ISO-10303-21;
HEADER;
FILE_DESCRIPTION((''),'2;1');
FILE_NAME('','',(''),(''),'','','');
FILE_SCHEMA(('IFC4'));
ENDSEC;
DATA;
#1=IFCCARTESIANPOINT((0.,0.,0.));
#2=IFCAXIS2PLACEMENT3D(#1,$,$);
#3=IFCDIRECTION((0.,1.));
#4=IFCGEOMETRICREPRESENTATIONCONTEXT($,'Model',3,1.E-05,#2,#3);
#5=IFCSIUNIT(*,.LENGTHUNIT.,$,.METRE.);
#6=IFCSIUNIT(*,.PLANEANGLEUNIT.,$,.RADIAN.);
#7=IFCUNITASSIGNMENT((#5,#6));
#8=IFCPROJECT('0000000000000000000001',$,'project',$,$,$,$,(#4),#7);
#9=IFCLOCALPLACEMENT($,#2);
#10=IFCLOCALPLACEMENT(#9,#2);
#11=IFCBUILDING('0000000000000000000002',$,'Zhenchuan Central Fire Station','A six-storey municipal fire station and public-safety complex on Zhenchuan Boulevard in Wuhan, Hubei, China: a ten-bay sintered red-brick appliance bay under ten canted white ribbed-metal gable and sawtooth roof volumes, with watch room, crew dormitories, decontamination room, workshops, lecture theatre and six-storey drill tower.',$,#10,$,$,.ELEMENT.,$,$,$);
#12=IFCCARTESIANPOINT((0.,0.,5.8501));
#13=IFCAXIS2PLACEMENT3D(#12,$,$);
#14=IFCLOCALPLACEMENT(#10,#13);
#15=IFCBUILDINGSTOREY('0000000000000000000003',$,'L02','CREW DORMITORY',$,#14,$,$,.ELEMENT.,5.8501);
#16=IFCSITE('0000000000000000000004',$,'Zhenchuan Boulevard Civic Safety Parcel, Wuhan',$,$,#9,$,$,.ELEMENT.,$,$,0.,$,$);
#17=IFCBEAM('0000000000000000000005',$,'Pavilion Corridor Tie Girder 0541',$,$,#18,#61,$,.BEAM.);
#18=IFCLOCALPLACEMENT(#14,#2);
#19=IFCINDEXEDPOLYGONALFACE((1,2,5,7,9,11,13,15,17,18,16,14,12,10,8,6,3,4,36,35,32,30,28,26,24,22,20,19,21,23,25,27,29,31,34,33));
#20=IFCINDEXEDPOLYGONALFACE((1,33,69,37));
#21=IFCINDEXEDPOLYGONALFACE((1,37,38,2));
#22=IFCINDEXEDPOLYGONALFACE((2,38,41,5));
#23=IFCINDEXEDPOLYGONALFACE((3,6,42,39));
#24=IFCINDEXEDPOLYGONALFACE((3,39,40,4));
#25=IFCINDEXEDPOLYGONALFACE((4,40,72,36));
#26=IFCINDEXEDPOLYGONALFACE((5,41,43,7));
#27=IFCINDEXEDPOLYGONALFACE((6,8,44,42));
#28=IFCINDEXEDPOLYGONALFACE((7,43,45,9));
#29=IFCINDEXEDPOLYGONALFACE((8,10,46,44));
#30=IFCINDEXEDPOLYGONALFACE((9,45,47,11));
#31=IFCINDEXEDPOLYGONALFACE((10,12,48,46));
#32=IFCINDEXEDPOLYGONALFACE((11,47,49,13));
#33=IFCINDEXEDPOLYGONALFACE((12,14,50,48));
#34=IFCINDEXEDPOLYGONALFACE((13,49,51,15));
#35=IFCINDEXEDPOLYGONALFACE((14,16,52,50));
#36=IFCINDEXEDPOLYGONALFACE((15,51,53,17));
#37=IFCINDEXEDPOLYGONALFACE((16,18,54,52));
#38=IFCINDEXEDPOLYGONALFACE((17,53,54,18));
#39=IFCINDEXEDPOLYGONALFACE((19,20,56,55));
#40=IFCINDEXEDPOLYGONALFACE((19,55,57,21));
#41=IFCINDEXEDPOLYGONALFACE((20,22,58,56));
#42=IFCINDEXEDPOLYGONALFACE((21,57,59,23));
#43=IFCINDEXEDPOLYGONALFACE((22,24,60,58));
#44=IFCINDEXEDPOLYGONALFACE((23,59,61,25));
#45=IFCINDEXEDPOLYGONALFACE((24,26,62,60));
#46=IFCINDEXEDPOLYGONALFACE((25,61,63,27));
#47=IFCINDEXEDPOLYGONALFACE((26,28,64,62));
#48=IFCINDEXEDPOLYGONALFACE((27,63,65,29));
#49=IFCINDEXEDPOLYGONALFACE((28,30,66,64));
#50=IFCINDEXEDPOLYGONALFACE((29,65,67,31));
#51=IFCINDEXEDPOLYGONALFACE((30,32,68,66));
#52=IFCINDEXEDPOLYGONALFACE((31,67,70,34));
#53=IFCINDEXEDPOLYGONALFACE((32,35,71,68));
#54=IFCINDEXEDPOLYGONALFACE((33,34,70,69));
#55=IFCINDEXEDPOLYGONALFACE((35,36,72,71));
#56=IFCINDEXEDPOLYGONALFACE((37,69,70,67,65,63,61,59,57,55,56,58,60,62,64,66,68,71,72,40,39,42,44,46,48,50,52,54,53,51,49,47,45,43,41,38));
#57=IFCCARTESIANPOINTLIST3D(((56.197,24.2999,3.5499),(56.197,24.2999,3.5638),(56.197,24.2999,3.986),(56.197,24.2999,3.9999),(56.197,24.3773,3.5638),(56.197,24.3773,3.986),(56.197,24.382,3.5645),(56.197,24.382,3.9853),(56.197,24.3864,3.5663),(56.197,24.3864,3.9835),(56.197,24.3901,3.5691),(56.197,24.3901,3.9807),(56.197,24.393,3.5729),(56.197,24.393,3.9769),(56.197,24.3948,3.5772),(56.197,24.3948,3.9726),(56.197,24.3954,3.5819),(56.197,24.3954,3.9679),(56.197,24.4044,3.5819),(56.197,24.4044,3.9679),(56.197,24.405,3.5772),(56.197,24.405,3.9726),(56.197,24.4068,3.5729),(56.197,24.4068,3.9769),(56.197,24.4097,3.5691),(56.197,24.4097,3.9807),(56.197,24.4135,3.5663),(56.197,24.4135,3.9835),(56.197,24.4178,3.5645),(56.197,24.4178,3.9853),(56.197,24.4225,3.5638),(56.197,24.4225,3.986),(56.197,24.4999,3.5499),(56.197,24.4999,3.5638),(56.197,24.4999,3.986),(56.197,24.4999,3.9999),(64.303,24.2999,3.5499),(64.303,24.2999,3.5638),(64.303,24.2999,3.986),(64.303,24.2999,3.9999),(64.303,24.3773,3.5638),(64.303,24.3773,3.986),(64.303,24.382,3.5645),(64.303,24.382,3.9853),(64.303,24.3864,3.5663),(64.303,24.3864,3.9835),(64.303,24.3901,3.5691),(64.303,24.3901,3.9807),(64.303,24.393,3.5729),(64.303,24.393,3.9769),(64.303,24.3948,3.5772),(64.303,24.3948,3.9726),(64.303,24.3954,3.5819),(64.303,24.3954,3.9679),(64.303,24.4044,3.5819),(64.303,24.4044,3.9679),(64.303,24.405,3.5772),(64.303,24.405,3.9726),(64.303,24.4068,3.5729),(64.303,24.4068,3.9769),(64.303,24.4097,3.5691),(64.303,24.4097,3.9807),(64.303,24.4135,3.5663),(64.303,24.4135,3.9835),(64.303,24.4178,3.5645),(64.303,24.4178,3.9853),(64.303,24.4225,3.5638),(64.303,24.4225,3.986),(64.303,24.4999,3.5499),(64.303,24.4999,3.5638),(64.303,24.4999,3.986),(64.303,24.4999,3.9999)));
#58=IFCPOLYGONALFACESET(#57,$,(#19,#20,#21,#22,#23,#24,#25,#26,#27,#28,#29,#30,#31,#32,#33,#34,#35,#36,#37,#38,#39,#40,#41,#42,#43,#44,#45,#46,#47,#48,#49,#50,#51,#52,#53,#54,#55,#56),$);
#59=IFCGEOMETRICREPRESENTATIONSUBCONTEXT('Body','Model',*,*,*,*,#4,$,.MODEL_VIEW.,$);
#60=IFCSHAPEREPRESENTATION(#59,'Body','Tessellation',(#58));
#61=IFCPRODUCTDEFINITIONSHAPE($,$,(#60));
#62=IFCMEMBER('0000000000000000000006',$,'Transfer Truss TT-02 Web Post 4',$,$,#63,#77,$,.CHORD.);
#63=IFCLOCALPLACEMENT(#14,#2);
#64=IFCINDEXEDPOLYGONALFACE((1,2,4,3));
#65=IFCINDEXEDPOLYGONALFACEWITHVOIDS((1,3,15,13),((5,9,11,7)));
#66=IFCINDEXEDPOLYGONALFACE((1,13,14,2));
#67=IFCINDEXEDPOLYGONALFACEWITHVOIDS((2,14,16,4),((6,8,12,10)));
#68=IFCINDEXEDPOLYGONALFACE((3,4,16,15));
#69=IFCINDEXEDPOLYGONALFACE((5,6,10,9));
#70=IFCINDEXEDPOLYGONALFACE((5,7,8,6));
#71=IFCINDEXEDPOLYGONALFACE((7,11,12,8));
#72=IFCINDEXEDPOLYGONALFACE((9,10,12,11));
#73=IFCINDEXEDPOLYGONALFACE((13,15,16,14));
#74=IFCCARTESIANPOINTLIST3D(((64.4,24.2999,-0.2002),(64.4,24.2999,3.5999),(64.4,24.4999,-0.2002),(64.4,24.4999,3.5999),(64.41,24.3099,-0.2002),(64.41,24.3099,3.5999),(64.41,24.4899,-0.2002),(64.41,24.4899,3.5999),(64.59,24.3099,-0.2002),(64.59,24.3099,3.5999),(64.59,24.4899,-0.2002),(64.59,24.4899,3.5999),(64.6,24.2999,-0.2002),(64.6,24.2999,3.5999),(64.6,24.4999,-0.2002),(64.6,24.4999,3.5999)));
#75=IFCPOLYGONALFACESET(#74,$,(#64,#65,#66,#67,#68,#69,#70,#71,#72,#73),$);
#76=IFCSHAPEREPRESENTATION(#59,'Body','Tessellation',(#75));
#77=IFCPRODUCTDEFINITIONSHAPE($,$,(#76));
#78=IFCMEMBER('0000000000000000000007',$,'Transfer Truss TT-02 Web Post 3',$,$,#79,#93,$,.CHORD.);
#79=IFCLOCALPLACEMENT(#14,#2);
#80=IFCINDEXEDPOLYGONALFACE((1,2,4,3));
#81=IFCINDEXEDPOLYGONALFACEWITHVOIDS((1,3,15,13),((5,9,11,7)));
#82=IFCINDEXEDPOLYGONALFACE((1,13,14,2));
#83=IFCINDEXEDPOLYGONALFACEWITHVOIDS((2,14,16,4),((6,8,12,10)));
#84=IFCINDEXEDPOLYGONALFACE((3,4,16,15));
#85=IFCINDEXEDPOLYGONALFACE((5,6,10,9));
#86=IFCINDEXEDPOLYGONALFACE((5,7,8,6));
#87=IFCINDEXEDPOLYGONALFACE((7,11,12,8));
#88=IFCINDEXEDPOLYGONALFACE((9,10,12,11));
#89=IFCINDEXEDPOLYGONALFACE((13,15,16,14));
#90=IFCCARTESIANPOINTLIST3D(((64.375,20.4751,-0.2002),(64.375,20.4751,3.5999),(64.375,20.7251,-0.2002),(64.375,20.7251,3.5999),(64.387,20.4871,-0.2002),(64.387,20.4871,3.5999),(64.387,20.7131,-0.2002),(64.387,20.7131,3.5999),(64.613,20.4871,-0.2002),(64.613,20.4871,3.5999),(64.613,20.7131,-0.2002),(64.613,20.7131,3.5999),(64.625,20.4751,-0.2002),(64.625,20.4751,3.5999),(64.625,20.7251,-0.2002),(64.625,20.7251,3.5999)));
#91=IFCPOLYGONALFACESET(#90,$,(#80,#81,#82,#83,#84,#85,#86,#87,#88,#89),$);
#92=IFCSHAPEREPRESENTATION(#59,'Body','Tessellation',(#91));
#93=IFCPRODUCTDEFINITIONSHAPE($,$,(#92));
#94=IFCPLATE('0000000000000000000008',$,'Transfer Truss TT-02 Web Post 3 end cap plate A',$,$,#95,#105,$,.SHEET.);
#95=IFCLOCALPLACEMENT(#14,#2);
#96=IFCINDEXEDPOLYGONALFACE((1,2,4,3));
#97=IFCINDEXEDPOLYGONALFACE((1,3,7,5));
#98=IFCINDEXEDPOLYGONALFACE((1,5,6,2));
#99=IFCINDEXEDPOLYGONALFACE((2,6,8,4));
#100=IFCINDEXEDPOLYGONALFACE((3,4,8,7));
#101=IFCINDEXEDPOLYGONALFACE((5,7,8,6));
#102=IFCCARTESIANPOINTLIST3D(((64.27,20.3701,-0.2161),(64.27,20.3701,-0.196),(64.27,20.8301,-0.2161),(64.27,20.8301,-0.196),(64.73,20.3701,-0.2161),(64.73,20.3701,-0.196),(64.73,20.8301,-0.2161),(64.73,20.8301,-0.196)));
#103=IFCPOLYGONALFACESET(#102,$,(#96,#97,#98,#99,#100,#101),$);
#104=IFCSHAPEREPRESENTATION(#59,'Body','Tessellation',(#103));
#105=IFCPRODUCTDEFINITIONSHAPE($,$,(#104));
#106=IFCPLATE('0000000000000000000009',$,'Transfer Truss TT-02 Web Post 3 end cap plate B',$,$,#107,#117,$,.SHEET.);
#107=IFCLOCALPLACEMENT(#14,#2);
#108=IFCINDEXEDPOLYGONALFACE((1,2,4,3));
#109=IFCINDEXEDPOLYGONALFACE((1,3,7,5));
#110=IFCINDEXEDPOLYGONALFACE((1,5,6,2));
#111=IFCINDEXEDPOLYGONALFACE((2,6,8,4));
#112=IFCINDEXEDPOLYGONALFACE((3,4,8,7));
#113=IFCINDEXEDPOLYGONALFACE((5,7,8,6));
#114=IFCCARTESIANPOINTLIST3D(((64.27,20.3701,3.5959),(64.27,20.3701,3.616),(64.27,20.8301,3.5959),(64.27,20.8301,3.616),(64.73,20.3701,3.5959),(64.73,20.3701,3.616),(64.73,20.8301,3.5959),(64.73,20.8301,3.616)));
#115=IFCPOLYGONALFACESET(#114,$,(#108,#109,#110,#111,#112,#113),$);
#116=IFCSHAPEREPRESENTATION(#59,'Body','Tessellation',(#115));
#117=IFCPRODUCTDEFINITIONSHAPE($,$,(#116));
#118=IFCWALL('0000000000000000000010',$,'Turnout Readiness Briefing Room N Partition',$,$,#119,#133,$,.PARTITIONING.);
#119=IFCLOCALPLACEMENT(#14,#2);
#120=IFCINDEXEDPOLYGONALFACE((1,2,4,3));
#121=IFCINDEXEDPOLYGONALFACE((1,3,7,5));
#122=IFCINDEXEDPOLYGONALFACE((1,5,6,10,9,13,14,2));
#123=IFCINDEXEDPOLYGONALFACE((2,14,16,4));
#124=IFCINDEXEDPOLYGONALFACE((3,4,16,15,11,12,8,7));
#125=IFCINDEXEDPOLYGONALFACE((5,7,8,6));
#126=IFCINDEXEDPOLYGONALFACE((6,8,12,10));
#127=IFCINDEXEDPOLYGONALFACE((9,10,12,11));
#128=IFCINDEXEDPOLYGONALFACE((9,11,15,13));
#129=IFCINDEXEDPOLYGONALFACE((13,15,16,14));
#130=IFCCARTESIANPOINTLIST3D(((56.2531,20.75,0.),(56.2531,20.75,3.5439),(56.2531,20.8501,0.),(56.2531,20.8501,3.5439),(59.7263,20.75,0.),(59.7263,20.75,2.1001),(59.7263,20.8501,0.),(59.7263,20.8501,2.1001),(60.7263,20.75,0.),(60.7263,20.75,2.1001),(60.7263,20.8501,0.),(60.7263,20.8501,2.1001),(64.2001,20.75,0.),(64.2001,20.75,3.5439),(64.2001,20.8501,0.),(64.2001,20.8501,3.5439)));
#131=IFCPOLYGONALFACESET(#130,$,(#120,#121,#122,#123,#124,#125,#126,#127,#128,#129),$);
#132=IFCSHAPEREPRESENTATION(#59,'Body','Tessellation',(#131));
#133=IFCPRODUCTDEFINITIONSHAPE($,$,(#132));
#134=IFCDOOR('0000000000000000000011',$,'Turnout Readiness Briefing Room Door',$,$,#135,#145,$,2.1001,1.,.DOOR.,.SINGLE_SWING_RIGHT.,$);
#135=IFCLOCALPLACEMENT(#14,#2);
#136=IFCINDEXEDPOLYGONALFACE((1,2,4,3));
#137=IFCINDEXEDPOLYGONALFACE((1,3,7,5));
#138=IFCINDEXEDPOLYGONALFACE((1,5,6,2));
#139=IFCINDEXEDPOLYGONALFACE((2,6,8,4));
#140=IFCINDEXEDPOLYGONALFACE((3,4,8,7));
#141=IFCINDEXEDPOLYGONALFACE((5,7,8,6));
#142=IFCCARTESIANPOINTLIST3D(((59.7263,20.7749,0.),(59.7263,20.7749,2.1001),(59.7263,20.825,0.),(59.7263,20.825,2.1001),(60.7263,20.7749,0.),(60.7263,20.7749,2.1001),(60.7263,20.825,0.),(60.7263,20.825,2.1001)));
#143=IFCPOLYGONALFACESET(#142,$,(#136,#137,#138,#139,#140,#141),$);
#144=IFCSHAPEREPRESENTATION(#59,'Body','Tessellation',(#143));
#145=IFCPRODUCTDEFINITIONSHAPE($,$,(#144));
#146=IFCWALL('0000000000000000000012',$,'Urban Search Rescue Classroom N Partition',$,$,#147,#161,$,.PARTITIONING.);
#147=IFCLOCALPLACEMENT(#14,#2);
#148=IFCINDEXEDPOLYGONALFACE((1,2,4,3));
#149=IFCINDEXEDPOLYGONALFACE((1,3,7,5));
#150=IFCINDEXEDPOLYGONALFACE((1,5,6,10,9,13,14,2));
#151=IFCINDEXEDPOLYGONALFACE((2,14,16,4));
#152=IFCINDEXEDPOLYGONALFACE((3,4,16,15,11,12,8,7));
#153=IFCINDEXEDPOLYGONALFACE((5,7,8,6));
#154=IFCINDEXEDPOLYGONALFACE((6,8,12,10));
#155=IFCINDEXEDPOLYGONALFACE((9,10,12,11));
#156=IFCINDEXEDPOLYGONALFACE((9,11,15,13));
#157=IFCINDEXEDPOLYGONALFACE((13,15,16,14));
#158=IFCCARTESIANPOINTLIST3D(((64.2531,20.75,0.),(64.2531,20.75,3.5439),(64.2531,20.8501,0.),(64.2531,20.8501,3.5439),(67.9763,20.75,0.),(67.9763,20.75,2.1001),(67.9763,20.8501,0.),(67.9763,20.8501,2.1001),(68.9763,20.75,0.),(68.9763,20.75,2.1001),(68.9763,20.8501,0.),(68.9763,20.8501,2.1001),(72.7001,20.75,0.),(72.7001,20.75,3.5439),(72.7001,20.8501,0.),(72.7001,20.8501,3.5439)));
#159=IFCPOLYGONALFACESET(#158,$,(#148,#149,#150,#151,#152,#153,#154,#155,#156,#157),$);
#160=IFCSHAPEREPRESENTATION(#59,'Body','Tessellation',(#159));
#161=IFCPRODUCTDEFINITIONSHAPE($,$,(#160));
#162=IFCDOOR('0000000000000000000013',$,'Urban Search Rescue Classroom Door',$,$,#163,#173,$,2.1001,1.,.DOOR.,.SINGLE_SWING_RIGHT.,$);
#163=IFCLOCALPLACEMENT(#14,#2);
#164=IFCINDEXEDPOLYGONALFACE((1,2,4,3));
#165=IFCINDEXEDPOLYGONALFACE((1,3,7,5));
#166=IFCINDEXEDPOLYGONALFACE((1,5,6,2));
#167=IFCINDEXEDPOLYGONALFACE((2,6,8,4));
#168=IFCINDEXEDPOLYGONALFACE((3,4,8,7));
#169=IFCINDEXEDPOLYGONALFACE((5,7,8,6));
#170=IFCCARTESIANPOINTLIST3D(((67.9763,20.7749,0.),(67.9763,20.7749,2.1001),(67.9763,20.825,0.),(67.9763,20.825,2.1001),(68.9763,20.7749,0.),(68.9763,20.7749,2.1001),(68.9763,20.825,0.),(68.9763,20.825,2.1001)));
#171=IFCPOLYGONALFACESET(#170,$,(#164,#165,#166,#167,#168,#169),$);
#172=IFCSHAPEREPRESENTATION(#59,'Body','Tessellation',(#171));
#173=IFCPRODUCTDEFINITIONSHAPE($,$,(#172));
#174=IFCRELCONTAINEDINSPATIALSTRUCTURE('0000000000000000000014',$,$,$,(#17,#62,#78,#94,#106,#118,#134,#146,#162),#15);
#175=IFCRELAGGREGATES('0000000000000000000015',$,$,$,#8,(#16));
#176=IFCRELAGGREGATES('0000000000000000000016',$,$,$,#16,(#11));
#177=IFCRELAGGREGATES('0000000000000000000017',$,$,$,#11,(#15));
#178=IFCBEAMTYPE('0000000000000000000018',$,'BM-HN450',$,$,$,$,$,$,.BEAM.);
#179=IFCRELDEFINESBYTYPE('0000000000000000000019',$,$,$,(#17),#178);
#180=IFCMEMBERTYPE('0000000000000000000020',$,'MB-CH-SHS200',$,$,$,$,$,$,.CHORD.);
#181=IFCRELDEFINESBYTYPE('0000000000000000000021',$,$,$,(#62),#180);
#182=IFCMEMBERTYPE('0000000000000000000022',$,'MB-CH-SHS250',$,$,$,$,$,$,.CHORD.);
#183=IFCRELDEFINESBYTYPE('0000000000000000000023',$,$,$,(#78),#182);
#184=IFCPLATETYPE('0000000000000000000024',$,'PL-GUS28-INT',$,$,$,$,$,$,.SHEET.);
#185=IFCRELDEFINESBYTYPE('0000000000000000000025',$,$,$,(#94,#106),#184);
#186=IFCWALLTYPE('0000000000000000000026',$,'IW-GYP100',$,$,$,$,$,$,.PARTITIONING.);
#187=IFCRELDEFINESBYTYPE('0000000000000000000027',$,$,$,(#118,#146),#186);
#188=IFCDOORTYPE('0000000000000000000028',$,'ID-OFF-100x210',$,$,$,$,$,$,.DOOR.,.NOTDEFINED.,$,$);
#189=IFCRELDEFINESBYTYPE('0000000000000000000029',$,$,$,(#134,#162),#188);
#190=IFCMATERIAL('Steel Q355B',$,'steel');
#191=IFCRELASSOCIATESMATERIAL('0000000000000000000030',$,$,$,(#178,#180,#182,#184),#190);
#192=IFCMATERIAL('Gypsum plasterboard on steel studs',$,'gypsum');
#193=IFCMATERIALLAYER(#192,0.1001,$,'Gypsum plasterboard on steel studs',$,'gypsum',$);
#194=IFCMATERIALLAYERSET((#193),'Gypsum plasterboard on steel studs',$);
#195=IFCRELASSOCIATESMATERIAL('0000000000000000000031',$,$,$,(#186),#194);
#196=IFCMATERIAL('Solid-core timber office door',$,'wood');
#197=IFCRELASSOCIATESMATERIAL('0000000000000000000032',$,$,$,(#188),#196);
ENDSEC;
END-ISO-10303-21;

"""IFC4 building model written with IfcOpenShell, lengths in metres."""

from ifc_helpers import new_model, si_unit, direction, frame, frame_2d, origin, origin_2d, place, context, subcontext, project, spatial, rectangle, hollow_rectangle, i_section, extrude, material, layer, layer_set, material_profile, profile_set, type_object, element, fill, save


model = new_model("IFC4")

# Units and contexts
model_context = context("Model", 3, precision=1e-05, world=origin(), true_north=direction((0.0, 1.0)))
body_context = subcontext(model_context, "Body", "Model", "MODEL_VIEW")
ifc_project = project(units=[si_unit("LENGTHUNIT", "METRE"), si_unit("PLANEANGLEUNIT", "RADIAN")], contexts=[model_context])

# Site, building, storey
site_placement = place(None, origin())
site = spatial("IfcSite", under=ifc_project, at=site_placement, Name="Zhenchuan Boulevard Civic Safety Parcel, Wuhan", CompositionType="ELEMENT", RefElevation=0.0)
building_placement = place(site_placement, origin())
building = spatial("IfcBuilding", under=site, at=building_placement, Name="Zhenchuan Central Fire Station", Description="A six-storey municipal fire station and public-safety complex on Zhenchuan Boulevard in Wuhan, Hubei, China: a ten-bay sintered red-brick appliance bay under ten canted white ribbed-metal gable and sawtooth roof volumes, with watch room, crew dormitories, decontamination room, workshops, lecture theatre and six-storey drill tower.", CompositionType="ELEMENT")
storey_placement = place(building_placement, frame((0.0, 0.0, 5.8501)))
storey = spatial("IfcBuildingStorey", under=building, at=storey_placement, Name="L02", Description="CREW DORMITORY", CompositionType="ELEMENT", Elevation=5.8501)

# Beam
ifc_material_1 = material(Name="Steel Q355B", Category="steel")
ifc_material_profile_1 = material_profile(ifc_material_1, i_section(OverallWidth=0.2, OverallDepth=0.45, WebThickness=0.009, FlangeThickness=0.0139, FilletRadius=0.0181, at=origin_2d()), Name="HN 450x200")
ifc_profile_set_1 = profile_set([ifc_material_profile_1], Name="Steel Q355B")
beam_type = type_object("IfcBeamType", Name="BM-HN450", PredefinedType="BEAM", material=ifc_profile_set_1)
beam_placement = place(storey_placement, frame((56.197, 24.3999, 3.7749), z_axis=(1.0, 0.0, 0.0), x_axis=(0.0, 1.0, 0.0)))
element("IfcBeam", 1, at=beam_placement, inside=storey, type_object=beam_type, Name="Pavilion Corridor Tie Girder 0541", PredefinedType="BEAM", context=body_context, shape_type="SweptSolid", body=[
    extrude(i_section(OverallWidth=0.2, OverallDepth=0.45, WebThickness=0.009, FlangeThickness=0.0139, FilletRadius=0.0181, at=origin_2d()), origin(), (0.0, 0.0, 1.0), 8.106),
])

# Members
ifc_material_profile_2 = material_profile(ifc_material_1, hollow_rectangle(XDim=0.2, YDim=0.2, WallThickness=0.01, at=origin_2d()), Name="SHS 200x200x10")
ifc_profile_set_2 = profile_set([ifc_material_profile_2], Name="Steel Q355B")
member_type_1 = type_object("IfcMemberType", Name="MB-CH-SHS200", PredefinedType="CHORD", material=ifc_profile_set_2)
member_1_placement = place(storey_placement, frame((64.5, 24.3999, -0.2002), z_axis=(0.0, 0.0, 1.0), x_axis=(1.0, 0.0, 0.0)))
element("IfcMember", 2, at=member_1_placement, inside=storey, type_object=member_type_1, Name="Transfer Truss TT-02 Web Post 4", PredefinedType="CHORD", context=body_context, shape_type="SweptSolid", body=[
    extrude(hollow_rectangle(XDim=0.2, YDim=0.2, WallThickness=0.01, at=origin_2d()), origin(), (0.0, 0.0, 1.0), 3.8),
])
ifc_material_profile_3 = material_profile(ifc_material_1, hollow_rectangle(XDim=0.25, YDim=0.25, WallThickness=0.012, at=origin_2d()), Name="SHS 250x250x12")
ifc_profile_set_3 = profile_set([ifc_material_profile_3], Name="Steel Q355B")
member_type_2 = type_object("IfcMemberType", Name="MB-CH-SHS250", PredefinedType="CHORD", material=ifc_profile_set_3)
member_2_placement = place(storey_placement, frame((64.5, 20.6001, -0.2002), z_axis=(0.0, 0.0, 1.0), x_axis=(1.0, 0.0, 0.0)))
element("IfcMember", 3, at=member_2_placement, inside=storey, type_object=member_type_2, Name="Transfer Truss TT-02 Web Post 3", PredefinedType="CHORD", context=body_context, shape_type="SweptSolid", body=[
    extrude(hollow_rectangle(XDim=0.25, YDim=0.25, WallThickness=0.012, at=origin_2d()), origin(), (0.0, 0.0, 1.0), 3.8),
])

# Plates
ifc_material_profile_4 = material_profile(ifc_material_1, rectangle(XDim=0.46, YDim=0.46, at=origin_2d()), Name="PL 460x460x28")
ifc_profile_set_4 = profile_set([ifc_material_profile_4], Name="Steel Q355B")
plate_type = type_object("IfcPlateType", Name="PL-GUS28-INT", PredefinedType="SHEET", material=ifc_profile_set_4)
for number, where, z_axis, x_axis, name in (
    (4, (64.5, 20.6001, -0.2161), (0.0, 0.0, 1.0), (1.0, 0.0, 0.0), "Transfer Truss TT-02 Web Post 3 end cap plate A"),
    (5, (64.5, 20.6001, 3.5959), (0.0, 0.0, 1.0), (1.0, 0.0, 0.0), "Transfer Truss TT-02 Web Post 3 end cap plate B"),
):
    element("IfcPlate", number, at=place(storey_placement, frame(where, z_axis=z_axis, x_axis=x_axis)), inside=storey, type_object=plate_type, Name=name, PredefinedType="SHEET", context=body_context, shape_type="SweptSolid", body=[
        extrude(rectangle(XDim=0.46, YDim=0.46, at=origin_2d()), origin(), (0.0, 0.0, 1.0), 0.02),
    ])

# Walls, openings, doors
ifc_material_2 = material(Name="Gypsum plasterboard on steel studs", Category="gypsum")
ifc_layer_1 = layer(ifc_material_2, 0.1001, Name="Gypsum plasterboard on steel studs", Category="gypsum")
ifc_layer_set_1 = layer_set([ifc_layer_1], Name="Gypsum plasterboard on steel studs")
wall_type_1 = type_object("IfcWallType", Name="IW-GYP100", PredefinedType="PARTITIONING", material=ifc_layer_set_1)
wall_1_placement = place(storey_placement, frame((56.2529, 20.8, 0.0), z_axis=(0.0, 0.0, 1.0), x_axis=(1.0, 0.0, 0.0)))
wall_1 = element("IfcWall", 6, at=wall_1_placement, inside=storey, type_object=wall_type_1, Name="Turnout Readiness Briefing Room N Partition", PredefinedType="PARTITIONING", context=body_context, shape_type="SweptSolid", body=[
    extrude(rectangle(XDim=7.947, YDim=0.1001, at=frame_2d((3.9736, 0.0))), origin(), (0.0, 0.0, 1.0), 3.5439),
])
opening_1_placement = place(wall_1_placement, frame((3.4734, 0.0, 0.0)))
opening_1 = element("IfcOpeningElement", 7, at=opening_1_placement, cuts=wall_1, PredefinedType="OPENING", context=body_context, shape_type="SweptSolid", body=[
    extrude(rectangle(XDim=1.0, YDim=2.1001, at=frame_2d((0.5, 1.05))), frame((0.0, 0.0601, 0.0), z_axis=(0.0, -1.0, 0.0), x_axis=(1.0, 0.0, 0.0)), (0.0, 0.0, 1.0), 0.1201),
])
ifc_material_3 = material(Name="Solid-core timber office door", Category="wood")
door_type_1 = type_object("IfcDoorType", Name="ID-OFF-100x210", OperationType="NOTDEFINED", PredefinedType="DOOR", material=ifc_material_3)
door_1_placement = place(opening_1_placement, origin())
door_1 = element("IfcDoor", 8, at=door_1_placement, inside=storey, type_object=door_type_1, Name="Turnout Readiness Briefing Room Door", OperationType="SINGLE_SWING_RIGHT", OverallHeight=2.1001, OverallWidth=1.0, PredefinedType="DOOR", context=body_context, shape_type="SweptSolid", body=[
    extrude(rectangle(XDim=1.0, YDim=2.1001, at=frame_2d((0.5, 1.05))), frame((0.0, 0.0249, 0.0), z_axis=(0.0, -1.0, 0.0), x_axis=(1.0, 0.0, 0.0)), (0.0, 0.0, 1.0), 0.05),
])
fill(opening_1, door_1)
wall_2_placement = place(storey_placement, frame((64.2529, 20.8, 0.0), z_axis=(0.0, 0.0, 1.0), x_axis=(1.0, 0.0, 0.0)))
wall_2 = element("IfcWall", 9, at=wall_2_placement, inside=storey, type_object=wall_type_1, Name="Urban Search Rescue Classroom N Partition", PredefinedType="PARTITIONING", context=body_context, shape_type="SweptSolid", body=[
    extrude(rectangle(XDim=8.447, YDim=0.1001, at=frame_2d((4.2236, 0.0))), origin(), (0.0, 0.0, 1.0), 3.5439),
])
opening_2_placement = place(wall_2_placement, frame((3.7234, 0.0, 0.0)))
opening_2 = element("IfcOpeningElement", 10, at=opening_2_placement, cuts=wall_2, PredefinedType="OPENING", context=body_context, shape_type="SweptSolid", body=[
    extrude(rectangle(XDim=1.0, YDim=2.1001, at=frame_2d((0.5, 1.05))), frame((0.0, 0.0601, 0.0), z_axis=(0.0, -1.0, 0.0), x_axis=(1.0, 0.0, 0.0)), (0.0, 0.0, 1.0), 0.1201),
])
door_2_placement = place(opening_2_placement, origin())
door_2 = element("IfcDoor", 11, at=door_2_placement, inside=storey, type_object=door_type_1, Name="Urban Search Rescue Classroom Door", OperationType="SINGLE_SWING_RIGHT", OverallHeight=2.1001, OverallWidth=1.0, PredefinedType="DOOR", context=body_context, shape_type="SweptSolid", body=[
    extrude(rectangle(XDim=1.0, YDim=2.1001, at=frame_2d((0.5, 1.05))), frame((0.0, 0.0249, 0.0), z_axis=(0.0, -1.0, 0.0), x_axis=(1.0, 0.0, 0.0)), (0.0, 0.0, 1.0), 0.05),
])
fill(opening_2, door_2)

save(model, "model.ifc")
